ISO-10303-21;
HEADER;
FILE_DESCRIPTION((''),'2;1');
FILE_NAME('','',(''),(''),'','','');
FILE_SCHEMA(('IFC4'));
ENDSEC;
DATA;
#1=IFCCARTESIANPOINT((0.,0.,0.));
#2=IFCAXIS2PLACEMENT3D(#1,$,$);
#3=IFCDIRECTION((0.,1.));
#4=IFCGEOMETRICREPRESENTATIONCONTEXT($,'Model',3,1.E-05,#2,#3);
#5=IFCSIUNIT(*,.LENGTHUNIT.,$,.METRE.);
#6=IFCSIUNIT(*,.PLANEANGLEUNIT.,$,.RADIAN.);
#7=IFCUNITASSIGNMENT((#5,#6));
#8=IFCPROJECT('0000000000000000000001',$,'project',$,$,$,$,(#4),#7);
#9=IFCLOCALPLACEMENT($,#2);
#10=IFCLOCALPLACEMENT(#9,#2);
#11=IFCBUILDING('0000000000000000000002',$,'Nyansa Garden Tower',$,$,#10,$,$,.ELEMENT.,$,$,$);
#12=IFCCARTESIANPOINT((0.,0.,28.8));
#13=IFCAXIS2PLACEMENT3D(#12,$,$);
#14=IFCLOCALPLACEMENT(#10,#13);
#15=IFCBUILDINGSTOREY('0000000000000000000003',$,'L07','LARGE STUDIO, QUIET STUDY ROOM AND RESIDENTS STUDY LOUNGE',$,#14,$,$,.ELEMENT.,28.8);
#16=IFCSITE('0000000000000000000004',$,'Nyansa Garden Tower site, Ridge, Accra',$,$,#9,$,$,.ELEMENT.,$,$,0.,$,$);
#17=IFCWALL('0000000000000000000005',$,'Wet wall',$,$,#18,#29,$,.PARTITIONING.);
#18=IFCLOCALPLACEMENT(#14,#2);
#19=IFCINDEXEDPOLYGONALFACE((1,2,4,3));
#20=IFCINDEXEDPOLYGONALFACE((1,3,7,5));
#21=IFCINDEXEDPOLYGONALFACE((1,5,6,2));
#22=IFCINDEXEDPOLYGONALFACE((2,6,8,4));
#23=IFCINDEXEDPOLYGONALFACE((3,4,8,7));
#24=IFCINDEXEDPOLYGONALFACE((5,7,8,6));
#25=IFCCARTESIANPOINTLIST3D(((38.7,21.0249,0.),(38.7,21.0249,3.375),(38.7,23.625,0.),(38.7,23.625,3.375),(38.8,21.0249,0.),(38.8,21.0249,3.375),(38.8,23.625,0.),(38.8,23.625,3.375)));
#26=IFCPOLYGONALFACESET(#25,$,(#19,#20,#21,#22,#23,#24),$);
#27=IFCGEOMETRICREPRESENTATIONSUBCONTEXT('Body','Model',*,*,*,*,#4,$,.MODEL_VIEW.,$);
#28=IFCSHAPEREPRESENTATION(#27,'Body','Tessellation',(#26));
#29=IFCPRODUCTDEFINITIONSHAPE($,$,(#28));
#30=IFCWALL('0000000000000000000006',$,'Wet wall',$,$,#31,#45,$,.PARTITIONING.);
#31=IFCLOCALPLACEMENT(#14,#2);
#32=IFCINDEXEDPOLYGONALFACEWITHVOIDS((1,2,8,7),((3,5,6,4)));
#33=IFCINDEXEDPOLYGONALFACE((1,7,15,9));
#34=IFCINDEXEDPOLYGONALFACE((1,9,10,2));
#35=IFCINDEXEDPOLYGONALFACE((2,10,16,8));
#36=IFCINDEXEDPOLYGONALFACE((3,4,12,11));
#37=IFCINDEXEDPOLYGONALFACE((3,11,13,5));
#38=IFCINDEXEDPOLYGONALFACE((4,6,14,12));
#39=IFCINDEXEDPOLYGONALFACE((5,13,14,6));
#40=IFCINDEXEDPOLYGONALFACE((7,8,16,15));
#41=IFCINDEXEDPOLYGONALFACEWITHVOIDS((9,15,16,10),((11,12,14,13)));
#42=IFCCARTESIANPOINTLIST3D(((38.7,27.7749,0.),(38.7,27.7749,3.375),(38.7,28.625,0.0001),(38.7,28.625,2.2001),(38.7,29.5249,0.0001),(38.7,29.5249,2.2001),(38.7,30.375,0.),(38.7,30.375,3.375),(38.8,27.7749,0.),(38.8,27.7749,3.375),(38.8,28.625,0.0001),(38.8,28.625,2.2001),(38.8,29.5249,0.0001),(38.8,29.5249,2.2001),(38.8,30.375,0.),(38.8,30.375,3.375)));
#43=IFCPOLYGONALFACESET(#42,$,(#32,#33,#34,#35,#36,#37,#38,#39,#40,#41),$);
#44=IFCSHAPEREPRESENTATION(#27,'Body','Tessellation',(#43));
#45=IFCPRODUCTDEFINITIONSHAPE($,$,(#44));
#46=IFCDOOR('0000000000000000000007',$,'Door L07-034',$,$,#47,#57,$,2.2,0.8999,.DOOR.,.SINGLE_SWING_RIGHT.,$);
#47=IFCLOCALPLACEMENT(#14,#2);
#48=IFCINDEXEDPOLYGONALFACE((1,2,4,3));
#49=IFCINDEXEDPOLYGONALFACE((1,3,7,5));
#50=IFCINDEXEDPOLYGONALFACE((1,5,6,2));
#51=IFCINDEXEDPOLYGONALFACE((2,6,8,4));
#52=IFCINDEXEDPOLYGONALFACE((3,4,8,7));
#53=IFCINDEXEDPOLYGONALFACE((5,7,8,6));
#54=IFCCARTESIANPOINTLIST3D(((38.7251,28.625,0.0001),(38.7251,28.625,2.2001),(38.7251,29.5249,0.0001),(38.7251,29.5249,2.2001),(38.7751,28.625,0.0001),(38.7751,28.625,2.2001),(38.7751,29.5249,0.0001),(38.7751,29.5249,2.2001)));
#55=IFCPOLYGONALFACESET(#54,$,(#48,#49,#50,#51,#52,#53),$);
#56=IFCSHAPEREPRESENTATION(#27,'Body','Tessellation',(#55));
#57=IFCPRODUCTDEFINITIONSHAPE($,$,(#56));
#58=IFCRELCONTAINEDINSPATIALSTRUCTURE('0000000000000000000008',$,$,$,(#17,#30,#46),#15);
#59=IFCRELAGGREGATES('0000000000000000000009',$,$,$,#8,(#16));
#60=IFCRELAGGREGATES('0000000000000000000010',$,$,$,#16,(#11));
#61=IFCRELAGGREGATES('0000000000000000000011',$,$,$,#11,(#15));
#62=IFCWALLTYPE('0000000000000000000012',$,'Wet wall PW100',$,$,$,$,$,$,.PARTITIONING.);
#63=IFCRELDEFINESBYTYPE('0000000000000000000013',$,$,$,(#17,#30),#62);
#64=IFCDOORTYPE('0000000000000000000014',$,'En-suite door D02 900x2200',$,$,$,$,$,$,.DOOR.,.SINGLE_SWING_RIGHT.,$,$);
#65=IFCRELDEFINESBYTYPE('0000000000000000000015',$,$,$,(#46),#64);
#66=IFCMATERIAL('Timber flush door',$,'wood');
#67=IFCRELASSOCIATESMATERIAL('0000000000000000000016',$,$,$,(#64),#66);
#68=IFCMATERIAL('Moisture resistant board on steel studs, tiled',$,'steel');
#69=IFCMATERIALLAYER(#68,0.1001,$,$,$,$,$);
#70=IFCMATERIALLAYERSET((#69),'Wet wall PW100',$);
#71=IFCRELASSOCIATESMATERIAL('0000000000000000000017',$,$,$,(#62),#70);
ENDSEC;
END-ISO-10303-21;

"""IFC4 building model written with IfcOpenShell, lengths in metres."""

from ifc_helpers import new_model, si_unit, direction, frame, frame_2d, origin, place, context, subcontext, project, spatial, rectangle, extrude, material, layer, layer_set, type_object, element, fill, save


model = new_model("IFC4")

# Units and contexts
model_context = context("Model", 3, precision=1e-05, world=origin(), true_north=direction((0.0, 1.0)))
body_context = subcontext(model_context, "Body", "Model", "MODEL_VIEW")
ifc_project = project(units=[si_unit("LENGTHUNIT", "METRE"), si_unit("PLANEANGLEUNIT", "RADIAN")], contexts=[model_context])

# Site, building, storey
site_placement = place(None, origin())
site = spatial("IfcSite", under=ifc_project, at=site_placement, Name="Nyansa Garden Tower site, Ridge, Accra", CompositionType="ELEMENT", RefElevation=0.0)
building_placement = place(site_placement, origin())
building = spatial("IfcBuilding", under=site, at=building_placement, Name="Nyansa Garden Tower", CompositionType="ELEMENT")
storey_placement = place(building_placement, frame((0.0, 0.0, 28.8)))
storey = spatial("IfcBuildingStorey", under=building, at=storey_placement, Name="L07", Description="LARGE STUDIO, QUIET STUDY ROOM AND RESIDENTS STUDY LOUNGE", CompositionType="ELEMENT", Elevation=28.8)

# Shared definitions
ifc_material_1 = material(Name="Timber flush door", Category="wood")
door_type_1 = type_object("IfcDoorType", Name="En-suite door D02 900x2200", OperationType="SINGLE_SWING_RIGHT", PredefinedType="DOOR", material=ifc_material_1)

# Wall
ifc_material_2 = material(Name="Moisture resistant board on steel studs, tiled", Category="steel")
ifc_layer_1 = layer(ifc_material_2, 0.1001)
ifc_layer_set_1 = layer_set([ifc_layer_1], Name="Wet wall PW100")
wall_type_1 = type_object("IfcWallType", Name="Wet wall PW100", PredefinedType="PARTITIONING", material=ifc_layer_set_1)
wall_1_placement = place(storey_placement, frame((38.75, 21.0249, 0.0), z_axis=(0.0, 0.0, 1.0), x_axis=(0.0, 1.0, 0.0)))
element("IfcWall", 1, at=wall_1_placement, inside=storey, type_object=wall_type_1, Name="Wet wall", PredefinedType="PARTITIONING", context=body_context, shape_type="SweptSolid", body=[
    extrude(rectangle(XDim=2.6001, YDim=0.1001, at=frame_2d((1.3, 0.0))), origin(), (0.0, 0.0, 1.0), 3.375),
])

# Wall, opening, door
wall_2_placement = place(storey_placement, frame((38.75, 27.7749, 0.0), z_axis=(0.0, 0.0, 1.0), x_axis=(0.0, 1.0, 0.0)))
wall_2 = element("IfcWall", 2, at=wall_2_placement, inside=storey, type_object=wall_type_1, Name="Wet wall", PredefinedType="PARTITIONING", context=body_context, shape_type="SweptSolid", body=[
    extrude(rectangle(XDim=2.6001, YDim=0.1001, at=frame_2d((1.3, 0.0))), origin(), (0.0, 0.0, 1.0), 3.375),
])
opening_1_placement = place(wall_2_placement, frame((0.8501, 0.0, 0.0)))
opening_1 = element("IfcOpeningElement", 3, at=opening_1_placement, cuts=wall_2, PredefinedType="OPENING", context=body_context, shape_type="SweptSolid", body=[
    extrude(rectangle(XDim=0.8999, YDim=2.2, at=frame_2d((0.45, 1.1001))), frame((0.0, 0.0601, 0.0), z_axis=(0.0, -1.0, 0.0), x_axis=(1.0, 0.0, 0.0)), (0.0, 0.0, 1.0), 0.1201),
])
door_1_placement = place(opening_1_placement, origin())
door_1 = element("IfcDoor", 4, at=door_1_placement, inside=storey, type_object=door_type_1, Name="Door L07-034", OperationType="SINGLE_SWING_RIGHT", OverallHeight=2.2, OverallWidth=0.8999, PredefinedType="DOOR", context=body_context, shape_type="SweptSolid", body=[
    extrude(rectangle(XDim=0.8999, YDim=2.2, at=frame_2d((0.45, 1.1001))), frame((0.0, 0.0249, 0.0), z_axis=(0.0, -1.0, 0.0), x_axis=(1.0, 0.0, 0.0)), (0.0, 0.0, 1.0), 0.05),
])
fill(opening_1, door_1)

save(model, "model.ifc")
